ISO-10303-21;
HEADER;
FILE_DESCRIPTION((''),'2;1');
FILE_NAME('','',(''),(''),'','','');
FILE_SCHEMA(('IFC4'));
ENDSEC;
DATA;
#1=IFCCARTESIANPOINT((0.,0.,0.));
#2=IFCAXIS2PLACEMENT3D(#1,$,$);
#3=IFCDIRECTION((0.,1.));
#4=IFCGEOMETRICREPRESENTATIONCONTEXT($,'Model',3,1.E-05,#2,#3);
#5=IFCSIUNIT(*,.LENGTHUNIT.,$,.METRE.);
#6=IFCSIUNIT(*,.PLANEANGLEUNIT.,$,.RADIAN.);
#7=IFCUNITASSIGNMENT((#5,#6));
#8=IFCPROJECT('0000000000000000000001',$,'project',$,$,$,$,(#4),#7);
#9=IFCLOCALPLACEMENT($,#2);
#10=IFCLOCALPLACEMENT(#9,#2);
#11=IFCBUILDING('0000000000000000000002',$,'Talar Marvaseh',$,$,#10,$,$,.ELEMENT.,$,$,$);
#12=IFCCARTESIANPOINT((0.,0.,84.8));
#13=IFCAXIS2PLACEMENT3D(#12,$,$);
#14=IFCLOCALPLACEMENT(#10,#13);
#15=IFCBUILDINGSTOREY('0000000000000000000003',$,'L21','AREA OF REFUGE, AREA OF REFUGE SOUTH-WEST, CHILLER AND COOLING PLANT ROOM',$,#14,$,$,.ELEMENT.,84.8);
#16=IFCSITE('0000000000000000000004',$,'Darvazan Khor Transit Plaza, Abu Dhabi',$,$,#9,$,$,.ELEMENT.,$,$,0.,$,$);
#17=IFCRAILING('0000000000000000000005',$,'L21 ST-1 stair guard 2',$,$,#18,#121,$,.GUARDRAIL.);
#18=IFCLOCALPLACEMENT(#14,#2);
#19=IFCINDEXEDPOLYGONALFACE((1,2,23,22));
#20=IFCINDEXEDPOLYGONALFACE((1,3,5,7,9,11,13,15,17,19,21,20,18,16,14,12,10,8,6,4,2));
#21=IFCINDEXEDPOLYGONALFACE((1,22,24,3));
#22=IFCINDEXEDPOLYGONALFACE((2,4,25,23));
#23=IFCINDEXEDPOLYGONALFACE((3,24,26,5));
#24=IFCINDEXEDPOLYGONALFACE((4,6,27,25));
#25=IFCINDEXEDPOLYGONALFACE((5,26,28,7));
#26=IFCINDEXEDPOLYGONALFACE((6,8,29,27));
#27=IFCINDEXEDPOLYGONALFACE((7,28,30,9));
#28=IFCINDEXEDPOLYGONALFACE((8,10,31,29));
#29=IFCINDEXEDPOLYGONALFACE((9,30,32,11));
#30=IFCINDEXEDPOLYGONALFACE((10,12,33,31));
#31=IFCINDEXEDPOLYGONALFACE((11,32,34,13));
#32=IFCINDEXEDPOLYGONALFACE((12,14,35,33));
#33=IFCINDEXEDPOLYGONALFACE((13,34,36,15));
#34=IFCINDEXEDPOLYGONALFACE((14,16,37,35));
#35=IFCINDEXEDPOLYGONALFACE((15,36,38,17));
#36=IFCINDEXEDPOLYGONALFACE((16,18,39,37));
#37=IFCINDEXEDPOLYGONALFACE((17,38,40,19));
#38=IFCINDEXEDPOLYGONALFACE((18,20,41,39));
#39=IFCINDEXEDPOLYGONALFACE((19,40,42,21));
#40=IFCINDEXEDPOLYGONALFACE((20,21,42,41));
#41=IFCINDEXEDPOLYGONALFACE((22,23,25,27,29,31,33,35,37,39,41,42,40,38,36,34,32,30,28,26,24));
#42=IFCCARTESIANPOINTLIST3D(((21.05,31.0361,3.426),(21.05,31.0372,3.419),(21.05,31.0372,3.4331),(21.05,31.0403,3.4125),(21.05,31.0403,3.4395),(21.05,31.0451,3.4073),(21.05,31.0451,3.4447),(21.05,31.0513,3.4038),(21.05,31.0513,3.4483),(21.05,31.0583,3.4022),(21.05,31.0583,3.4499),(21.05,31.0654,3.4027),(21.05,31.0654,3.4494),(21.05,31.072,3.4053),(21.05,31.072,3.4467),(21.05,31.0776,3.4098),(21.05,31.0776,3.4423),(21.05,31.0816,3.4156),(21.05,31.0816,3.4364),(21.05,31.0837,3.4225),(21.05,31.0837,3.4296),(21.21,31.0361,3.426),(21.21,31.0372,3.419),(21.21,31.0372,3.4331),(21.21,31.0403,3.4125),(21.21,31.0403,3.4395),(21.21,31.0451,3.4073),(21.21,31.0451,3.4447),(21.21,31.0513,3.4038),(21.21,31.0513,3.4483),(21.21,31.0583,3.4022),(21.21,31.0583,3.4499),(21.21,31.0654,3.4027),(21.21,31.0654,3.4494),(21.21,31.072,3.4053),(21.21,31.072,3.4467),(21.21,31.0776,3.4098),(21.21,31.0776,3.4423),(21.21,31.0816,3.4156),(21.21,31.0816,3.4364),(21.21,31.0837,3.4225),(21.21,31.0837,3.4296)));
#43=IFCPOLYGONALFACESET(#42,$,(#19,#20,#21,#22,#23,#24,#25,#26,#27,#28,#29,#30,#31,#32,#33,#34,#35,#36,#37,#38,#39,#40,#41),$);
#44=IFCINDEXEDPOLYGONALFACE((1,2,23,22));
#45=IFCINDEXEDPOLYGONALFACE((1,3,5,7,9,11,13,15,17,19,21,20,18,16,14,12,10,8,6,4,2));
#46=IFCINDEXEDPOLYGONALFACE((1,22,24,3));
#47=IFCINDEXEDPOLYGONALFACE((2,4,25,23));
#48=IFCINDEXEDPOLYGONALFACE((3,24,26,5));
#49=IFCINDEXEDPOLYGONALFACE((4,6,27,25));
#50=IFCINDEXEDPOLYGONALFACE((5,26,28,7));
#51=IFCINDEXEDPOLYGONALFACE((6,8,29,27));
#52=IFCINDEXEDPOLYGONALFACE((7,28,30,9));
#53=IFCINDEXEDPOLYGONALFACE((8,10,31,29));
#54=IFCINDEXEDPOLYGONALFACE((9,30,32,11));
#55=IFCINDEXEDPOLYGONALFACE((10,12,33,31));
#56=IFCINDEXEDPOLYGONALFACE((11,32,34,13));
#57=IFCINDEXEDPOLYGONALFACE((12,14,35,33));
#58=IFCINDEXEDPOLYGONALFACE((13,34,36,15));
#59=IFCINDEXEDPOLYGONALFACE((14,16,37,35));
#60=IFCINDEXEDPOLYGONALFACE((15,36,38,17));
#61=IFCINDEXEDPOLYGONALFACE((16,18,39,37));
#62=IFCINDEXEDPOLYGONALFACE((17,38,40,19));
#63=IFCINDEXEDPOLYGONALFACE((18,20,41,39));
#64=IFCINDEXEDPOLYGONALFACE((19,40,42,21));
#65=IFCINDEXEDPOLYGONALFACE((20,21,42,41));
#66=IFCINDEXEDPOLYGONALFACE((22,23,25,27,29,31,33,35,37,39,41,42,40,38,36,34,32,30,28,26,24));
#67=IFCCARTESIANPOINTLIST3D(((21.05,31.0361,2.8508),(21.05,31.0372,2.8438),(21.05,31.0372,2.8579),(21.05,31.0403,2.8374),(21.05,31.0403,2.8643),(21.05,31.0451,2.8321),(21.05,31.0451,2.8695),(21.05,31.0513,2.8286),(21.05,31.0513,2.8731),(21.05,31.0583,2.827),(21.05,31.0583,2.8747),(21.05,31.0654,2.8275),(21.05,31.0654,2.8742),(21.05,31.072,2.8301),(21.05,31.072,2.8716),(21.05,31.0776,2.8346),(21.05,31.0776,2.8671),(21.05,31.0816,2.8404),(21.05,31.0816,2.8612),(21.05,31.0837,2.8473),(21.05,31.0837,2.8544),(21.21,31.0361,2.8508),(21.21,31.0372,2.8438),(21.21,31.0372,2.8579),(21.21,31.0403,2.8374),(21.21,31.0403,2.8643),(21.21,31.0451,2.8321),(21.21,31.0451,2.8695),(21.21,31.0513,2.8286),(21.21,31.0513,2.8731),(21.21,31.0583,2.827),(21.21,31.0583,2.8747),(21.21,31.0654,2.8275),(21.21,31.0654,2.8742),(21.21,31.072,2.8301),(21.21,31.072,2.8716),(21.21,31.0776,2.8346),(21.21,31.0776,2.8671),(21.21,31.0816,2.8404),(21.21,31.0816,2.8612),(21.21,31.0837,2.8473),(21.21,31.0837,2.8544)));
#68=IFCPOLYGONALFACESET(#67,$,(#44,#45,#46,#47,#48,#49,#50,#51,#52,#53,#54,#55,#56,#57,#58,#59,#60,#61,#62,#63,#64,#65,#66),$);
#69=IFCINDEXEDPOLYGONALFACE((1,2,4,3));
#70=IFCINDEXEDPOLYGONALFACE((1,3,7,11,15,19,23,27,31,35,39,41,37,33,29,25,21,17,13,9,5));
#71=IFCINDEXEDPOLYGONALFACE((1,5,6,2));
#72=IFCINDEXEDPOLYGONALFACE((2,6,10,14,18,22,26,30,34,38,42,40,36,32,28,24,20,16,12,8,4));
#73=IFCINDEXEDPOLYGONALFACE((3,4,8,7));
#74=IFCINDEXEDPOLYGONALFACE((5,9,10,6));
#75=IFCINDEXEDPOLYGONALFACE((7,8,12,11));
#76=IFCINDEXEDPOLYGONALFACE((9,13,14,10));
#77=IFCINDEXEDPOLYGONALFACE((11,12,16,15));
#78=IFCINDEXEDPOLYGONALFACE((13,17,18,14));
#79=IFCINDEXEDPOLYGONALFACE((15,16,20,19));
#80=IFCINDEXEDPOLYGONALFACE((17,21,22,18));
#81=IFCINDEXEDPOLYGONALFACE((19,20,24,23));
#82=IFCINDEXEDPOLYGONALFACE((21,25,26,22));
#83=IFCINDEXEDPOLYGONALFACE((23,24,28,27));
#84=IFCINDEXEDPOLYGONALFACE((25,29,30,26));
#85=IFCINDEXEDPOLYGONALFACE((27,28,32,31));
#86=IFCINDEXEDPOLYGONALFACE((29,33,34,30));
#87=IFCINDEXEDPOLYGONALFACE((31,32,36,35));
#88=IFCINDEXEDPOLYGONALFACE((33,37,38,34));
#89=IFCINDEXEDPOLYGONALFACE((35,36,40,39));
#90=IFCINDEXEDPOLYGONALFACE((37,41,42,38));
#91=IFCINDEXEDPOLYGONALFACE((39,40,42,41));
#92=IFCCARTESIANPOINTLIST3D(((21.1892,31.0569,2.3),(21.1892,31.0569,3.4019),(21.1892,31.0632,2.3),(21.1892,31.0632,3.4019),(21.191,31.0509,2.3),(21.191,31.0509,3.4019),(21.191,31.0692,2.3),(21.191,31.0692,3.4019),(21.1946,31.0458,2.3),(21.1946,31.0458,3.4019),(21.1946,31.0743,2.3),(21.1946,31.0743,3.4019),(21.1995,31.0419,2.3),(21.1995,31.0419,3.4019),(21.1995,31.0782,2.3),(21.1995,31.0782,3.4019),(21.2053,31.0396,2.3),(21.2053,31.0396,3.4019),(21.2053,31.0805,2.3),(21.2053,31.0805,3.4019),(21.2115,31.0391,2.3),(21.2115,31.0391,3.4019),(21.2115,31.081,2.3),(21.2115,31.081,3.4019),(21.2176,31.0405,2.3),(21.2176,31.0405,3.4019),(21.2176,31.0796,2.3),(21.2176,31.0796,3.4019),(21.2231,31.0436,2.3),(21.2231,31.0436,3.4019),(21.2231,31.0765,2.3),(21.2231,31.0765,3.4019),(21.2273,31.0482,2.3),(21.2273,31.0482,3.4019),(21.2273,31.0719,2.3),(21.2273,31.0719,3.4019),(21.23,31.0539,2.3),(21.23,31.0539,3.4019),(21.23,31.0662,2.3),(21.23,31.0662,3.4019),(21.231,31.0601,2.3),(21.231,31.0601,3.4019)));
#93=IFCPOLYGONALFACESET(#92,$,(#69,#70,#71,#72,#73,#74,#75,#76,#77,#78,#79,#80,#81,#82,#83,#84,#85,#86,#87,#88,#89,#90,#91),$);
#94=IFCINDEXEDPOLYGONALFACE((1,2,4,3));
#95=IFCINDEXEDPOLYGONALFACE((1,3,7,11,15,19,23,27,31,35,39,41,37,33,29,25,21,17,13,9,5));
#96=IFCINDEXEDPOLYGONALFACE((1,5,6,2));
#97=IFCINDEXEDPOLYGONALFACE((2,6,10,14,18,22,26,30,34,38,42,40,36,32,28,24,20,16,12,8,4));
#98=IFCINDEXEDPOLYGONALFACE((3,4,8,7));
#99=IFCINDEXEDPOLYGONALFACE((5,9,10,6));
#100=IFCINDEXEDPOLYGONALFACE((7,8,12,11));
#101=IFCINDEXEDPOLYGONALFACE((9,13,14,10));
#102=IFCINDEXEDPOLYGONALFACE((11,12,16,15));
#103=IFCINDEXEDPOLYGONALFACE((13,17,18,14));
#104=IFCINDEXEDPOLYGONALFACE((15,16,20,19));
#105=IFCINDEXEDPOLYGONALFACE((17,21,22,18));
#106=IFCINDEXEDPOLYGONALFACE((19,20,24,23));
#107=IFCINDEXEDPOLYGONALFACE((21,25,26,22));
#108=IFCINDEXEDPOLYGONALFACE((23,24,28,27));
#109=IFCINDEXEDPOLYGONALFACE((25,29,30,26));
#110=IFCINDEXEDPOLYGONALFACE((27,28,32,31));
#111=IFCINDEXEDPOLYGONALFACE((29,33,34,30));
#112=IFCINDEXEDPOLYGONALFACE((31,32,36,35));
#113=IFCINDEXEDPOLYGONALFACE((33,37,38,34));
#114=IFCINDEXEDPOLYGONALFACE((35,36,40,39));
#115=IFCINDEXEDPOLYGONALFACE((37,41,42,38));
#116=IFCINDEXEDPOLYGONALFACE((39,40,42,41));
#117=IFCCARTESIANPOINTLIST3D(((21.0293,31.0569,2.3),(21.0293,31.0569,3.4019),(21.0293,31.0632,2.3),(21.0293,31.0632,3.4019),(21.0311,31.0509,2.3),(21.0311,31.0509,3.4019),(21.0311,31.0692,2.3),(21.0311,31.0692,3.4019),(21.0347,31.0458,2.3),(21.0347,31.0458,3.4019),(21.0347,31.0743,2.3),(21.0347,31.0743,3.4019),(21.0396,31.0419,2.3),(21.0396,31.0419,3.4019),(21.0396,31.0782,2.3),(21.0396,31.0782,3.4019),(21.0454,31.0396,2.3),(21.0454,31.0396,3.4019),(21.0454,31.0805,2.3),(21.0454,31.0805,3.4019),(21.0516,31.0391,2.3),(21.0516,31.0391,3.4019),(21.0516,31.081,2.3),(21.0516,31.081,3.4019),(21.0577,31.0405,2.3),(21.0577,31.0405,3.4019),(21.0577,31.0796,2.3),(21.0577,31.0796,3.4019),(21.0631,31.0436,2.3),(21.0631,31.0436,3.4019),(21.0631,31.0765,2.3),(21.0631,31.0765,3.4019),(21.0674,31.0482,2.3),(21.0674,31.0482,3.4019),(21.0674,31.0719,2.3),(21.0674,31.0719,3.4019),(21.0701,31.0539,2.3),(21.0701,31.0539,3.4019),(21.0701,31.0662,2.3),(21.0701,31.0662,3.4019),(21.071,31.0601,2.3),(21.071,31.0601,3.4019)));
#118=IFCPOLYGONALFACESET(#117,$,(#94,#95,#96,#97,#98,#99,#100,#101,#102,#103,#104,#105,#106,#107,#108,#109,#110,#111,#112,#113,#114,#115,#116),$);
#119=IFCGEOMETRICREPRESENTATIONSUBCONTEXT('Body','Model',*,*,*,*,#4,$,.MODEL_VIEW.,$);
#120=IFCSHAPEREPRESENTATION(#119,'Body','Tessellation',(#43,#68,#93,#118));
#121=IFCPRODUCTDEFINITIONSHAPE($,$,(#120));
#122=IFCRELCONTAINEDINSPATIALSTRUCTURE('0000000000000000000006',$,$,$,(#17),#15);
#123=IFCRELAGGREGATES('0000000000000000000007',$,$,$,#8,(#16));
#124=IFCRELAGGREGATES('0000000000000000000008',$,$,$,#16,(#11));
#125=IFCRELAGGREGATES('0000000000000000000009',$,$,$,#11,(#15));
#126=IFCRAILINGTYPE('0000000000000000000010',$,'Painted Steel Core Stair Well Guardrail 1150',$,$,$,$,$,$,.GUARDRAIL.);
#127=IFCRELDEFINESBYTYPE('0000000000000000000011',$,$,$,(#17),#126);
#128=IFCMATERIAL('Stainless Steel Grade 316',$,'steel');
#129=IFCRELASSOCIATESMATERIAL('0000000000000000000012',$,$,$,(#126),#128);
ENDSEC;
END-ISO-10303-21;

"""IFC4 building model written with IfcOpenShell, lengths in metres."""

from ifc_helpers import new_model, si_unit, direction, frame, origin, origin_2d, place, context, subcontext, project, spatial, circle, extrude, material, type_object, element, save


model = new_model("IFC4")

# Units and contexts
model_context = context("Model", 3, precision=1e-05, world=origin(), true_north=direction((0.0, 1.0)))
body_context = subcontext(model_context, "Body", "Model", "MODEL_VIEW")
ifc_project = project(units=[si_unit("LENGTHUNIT", "METRE"), si_unit("PLANEANGLEUNIT", "RADIAN")], contexts=[model_context])

# Site, building, storey
site_placement = place(None, origin())
site = spatial("IfcSite", under=ifc_project, at=site_placement, Name="Darvazan Khor Transit Plaza, Abu Dhabi", CompositionType="ELEMENT", RefElevation=0.0)
building_placement = place(site_placement, origin())
building = spatial("IfcBuilding", under=site, at=building_placement, Name="Talar Marvaseh", CompositionType="ELEMENT")
storey_placement = place(building_placement, frame((0.0, 0.0, 84.8)))
storey = spatial("IfcBuildingStorey", under=building, at=storey_placement, Name="L21", Description="AREA OF REFUGE, AREA OF REFUGE SOUTH-WEST, CHILLER AND COOLING PLANT ROOM", CompositionType="ELEMENT", Elevation=84.8)

# Shared definitions
ifc_material_1 = material(Name="Stainless Steel Grade 316", Category="steel")

# Railing
railing_type_1 = type_object("IfcRailingType", Name="Painted Steel Core Stair Well Guardrail 1150", PredefinedType="GUARDRAIL", material=ifc_material_1)
railing_1_placement = place(storey_placement, frame((21.21, 31.0601, 2.3)))
element("IfcRailing", 1, at=railing_1_placement, inside=storey, type_object=railing_type_1, Name="L21 ST-1 stair guard 2", PredefinedType="GUARDRAIL", context=body_context, shape_type="SweptSolid", body=[
    extrude(circle(Radius=0.0239, at=origin_2d()), frame((0.0, 0.0, 1.126), z_axis=(-1.0, 0.0, 0.0), x_axis=(0.0, -1.0, 0.0)), (0.0, 0.0, 1.0), 0.1599),
    extrude(circle(Radius=0.0239, at=origin_2d()), frame((0.0, 0.0, 0.5508), z_axis=(-1.0, 0.0, 0.0), x_axis=(0.0, -1.0, 0.0)), (0.0, 0.0, 1.0), 0.1599),
    extrude(circle(Radius=0.021, at=origin_2d()), origin(), (0.0, 0.0, 1.0), 1.1018),
    extrude(circle(Radius=0.021, at=origin_2d()), frame((-0.1599, 0.0, 0.0)), (0.0, 0.0, 1.0), 1.1018),
])

save(model, "model.ifc")
